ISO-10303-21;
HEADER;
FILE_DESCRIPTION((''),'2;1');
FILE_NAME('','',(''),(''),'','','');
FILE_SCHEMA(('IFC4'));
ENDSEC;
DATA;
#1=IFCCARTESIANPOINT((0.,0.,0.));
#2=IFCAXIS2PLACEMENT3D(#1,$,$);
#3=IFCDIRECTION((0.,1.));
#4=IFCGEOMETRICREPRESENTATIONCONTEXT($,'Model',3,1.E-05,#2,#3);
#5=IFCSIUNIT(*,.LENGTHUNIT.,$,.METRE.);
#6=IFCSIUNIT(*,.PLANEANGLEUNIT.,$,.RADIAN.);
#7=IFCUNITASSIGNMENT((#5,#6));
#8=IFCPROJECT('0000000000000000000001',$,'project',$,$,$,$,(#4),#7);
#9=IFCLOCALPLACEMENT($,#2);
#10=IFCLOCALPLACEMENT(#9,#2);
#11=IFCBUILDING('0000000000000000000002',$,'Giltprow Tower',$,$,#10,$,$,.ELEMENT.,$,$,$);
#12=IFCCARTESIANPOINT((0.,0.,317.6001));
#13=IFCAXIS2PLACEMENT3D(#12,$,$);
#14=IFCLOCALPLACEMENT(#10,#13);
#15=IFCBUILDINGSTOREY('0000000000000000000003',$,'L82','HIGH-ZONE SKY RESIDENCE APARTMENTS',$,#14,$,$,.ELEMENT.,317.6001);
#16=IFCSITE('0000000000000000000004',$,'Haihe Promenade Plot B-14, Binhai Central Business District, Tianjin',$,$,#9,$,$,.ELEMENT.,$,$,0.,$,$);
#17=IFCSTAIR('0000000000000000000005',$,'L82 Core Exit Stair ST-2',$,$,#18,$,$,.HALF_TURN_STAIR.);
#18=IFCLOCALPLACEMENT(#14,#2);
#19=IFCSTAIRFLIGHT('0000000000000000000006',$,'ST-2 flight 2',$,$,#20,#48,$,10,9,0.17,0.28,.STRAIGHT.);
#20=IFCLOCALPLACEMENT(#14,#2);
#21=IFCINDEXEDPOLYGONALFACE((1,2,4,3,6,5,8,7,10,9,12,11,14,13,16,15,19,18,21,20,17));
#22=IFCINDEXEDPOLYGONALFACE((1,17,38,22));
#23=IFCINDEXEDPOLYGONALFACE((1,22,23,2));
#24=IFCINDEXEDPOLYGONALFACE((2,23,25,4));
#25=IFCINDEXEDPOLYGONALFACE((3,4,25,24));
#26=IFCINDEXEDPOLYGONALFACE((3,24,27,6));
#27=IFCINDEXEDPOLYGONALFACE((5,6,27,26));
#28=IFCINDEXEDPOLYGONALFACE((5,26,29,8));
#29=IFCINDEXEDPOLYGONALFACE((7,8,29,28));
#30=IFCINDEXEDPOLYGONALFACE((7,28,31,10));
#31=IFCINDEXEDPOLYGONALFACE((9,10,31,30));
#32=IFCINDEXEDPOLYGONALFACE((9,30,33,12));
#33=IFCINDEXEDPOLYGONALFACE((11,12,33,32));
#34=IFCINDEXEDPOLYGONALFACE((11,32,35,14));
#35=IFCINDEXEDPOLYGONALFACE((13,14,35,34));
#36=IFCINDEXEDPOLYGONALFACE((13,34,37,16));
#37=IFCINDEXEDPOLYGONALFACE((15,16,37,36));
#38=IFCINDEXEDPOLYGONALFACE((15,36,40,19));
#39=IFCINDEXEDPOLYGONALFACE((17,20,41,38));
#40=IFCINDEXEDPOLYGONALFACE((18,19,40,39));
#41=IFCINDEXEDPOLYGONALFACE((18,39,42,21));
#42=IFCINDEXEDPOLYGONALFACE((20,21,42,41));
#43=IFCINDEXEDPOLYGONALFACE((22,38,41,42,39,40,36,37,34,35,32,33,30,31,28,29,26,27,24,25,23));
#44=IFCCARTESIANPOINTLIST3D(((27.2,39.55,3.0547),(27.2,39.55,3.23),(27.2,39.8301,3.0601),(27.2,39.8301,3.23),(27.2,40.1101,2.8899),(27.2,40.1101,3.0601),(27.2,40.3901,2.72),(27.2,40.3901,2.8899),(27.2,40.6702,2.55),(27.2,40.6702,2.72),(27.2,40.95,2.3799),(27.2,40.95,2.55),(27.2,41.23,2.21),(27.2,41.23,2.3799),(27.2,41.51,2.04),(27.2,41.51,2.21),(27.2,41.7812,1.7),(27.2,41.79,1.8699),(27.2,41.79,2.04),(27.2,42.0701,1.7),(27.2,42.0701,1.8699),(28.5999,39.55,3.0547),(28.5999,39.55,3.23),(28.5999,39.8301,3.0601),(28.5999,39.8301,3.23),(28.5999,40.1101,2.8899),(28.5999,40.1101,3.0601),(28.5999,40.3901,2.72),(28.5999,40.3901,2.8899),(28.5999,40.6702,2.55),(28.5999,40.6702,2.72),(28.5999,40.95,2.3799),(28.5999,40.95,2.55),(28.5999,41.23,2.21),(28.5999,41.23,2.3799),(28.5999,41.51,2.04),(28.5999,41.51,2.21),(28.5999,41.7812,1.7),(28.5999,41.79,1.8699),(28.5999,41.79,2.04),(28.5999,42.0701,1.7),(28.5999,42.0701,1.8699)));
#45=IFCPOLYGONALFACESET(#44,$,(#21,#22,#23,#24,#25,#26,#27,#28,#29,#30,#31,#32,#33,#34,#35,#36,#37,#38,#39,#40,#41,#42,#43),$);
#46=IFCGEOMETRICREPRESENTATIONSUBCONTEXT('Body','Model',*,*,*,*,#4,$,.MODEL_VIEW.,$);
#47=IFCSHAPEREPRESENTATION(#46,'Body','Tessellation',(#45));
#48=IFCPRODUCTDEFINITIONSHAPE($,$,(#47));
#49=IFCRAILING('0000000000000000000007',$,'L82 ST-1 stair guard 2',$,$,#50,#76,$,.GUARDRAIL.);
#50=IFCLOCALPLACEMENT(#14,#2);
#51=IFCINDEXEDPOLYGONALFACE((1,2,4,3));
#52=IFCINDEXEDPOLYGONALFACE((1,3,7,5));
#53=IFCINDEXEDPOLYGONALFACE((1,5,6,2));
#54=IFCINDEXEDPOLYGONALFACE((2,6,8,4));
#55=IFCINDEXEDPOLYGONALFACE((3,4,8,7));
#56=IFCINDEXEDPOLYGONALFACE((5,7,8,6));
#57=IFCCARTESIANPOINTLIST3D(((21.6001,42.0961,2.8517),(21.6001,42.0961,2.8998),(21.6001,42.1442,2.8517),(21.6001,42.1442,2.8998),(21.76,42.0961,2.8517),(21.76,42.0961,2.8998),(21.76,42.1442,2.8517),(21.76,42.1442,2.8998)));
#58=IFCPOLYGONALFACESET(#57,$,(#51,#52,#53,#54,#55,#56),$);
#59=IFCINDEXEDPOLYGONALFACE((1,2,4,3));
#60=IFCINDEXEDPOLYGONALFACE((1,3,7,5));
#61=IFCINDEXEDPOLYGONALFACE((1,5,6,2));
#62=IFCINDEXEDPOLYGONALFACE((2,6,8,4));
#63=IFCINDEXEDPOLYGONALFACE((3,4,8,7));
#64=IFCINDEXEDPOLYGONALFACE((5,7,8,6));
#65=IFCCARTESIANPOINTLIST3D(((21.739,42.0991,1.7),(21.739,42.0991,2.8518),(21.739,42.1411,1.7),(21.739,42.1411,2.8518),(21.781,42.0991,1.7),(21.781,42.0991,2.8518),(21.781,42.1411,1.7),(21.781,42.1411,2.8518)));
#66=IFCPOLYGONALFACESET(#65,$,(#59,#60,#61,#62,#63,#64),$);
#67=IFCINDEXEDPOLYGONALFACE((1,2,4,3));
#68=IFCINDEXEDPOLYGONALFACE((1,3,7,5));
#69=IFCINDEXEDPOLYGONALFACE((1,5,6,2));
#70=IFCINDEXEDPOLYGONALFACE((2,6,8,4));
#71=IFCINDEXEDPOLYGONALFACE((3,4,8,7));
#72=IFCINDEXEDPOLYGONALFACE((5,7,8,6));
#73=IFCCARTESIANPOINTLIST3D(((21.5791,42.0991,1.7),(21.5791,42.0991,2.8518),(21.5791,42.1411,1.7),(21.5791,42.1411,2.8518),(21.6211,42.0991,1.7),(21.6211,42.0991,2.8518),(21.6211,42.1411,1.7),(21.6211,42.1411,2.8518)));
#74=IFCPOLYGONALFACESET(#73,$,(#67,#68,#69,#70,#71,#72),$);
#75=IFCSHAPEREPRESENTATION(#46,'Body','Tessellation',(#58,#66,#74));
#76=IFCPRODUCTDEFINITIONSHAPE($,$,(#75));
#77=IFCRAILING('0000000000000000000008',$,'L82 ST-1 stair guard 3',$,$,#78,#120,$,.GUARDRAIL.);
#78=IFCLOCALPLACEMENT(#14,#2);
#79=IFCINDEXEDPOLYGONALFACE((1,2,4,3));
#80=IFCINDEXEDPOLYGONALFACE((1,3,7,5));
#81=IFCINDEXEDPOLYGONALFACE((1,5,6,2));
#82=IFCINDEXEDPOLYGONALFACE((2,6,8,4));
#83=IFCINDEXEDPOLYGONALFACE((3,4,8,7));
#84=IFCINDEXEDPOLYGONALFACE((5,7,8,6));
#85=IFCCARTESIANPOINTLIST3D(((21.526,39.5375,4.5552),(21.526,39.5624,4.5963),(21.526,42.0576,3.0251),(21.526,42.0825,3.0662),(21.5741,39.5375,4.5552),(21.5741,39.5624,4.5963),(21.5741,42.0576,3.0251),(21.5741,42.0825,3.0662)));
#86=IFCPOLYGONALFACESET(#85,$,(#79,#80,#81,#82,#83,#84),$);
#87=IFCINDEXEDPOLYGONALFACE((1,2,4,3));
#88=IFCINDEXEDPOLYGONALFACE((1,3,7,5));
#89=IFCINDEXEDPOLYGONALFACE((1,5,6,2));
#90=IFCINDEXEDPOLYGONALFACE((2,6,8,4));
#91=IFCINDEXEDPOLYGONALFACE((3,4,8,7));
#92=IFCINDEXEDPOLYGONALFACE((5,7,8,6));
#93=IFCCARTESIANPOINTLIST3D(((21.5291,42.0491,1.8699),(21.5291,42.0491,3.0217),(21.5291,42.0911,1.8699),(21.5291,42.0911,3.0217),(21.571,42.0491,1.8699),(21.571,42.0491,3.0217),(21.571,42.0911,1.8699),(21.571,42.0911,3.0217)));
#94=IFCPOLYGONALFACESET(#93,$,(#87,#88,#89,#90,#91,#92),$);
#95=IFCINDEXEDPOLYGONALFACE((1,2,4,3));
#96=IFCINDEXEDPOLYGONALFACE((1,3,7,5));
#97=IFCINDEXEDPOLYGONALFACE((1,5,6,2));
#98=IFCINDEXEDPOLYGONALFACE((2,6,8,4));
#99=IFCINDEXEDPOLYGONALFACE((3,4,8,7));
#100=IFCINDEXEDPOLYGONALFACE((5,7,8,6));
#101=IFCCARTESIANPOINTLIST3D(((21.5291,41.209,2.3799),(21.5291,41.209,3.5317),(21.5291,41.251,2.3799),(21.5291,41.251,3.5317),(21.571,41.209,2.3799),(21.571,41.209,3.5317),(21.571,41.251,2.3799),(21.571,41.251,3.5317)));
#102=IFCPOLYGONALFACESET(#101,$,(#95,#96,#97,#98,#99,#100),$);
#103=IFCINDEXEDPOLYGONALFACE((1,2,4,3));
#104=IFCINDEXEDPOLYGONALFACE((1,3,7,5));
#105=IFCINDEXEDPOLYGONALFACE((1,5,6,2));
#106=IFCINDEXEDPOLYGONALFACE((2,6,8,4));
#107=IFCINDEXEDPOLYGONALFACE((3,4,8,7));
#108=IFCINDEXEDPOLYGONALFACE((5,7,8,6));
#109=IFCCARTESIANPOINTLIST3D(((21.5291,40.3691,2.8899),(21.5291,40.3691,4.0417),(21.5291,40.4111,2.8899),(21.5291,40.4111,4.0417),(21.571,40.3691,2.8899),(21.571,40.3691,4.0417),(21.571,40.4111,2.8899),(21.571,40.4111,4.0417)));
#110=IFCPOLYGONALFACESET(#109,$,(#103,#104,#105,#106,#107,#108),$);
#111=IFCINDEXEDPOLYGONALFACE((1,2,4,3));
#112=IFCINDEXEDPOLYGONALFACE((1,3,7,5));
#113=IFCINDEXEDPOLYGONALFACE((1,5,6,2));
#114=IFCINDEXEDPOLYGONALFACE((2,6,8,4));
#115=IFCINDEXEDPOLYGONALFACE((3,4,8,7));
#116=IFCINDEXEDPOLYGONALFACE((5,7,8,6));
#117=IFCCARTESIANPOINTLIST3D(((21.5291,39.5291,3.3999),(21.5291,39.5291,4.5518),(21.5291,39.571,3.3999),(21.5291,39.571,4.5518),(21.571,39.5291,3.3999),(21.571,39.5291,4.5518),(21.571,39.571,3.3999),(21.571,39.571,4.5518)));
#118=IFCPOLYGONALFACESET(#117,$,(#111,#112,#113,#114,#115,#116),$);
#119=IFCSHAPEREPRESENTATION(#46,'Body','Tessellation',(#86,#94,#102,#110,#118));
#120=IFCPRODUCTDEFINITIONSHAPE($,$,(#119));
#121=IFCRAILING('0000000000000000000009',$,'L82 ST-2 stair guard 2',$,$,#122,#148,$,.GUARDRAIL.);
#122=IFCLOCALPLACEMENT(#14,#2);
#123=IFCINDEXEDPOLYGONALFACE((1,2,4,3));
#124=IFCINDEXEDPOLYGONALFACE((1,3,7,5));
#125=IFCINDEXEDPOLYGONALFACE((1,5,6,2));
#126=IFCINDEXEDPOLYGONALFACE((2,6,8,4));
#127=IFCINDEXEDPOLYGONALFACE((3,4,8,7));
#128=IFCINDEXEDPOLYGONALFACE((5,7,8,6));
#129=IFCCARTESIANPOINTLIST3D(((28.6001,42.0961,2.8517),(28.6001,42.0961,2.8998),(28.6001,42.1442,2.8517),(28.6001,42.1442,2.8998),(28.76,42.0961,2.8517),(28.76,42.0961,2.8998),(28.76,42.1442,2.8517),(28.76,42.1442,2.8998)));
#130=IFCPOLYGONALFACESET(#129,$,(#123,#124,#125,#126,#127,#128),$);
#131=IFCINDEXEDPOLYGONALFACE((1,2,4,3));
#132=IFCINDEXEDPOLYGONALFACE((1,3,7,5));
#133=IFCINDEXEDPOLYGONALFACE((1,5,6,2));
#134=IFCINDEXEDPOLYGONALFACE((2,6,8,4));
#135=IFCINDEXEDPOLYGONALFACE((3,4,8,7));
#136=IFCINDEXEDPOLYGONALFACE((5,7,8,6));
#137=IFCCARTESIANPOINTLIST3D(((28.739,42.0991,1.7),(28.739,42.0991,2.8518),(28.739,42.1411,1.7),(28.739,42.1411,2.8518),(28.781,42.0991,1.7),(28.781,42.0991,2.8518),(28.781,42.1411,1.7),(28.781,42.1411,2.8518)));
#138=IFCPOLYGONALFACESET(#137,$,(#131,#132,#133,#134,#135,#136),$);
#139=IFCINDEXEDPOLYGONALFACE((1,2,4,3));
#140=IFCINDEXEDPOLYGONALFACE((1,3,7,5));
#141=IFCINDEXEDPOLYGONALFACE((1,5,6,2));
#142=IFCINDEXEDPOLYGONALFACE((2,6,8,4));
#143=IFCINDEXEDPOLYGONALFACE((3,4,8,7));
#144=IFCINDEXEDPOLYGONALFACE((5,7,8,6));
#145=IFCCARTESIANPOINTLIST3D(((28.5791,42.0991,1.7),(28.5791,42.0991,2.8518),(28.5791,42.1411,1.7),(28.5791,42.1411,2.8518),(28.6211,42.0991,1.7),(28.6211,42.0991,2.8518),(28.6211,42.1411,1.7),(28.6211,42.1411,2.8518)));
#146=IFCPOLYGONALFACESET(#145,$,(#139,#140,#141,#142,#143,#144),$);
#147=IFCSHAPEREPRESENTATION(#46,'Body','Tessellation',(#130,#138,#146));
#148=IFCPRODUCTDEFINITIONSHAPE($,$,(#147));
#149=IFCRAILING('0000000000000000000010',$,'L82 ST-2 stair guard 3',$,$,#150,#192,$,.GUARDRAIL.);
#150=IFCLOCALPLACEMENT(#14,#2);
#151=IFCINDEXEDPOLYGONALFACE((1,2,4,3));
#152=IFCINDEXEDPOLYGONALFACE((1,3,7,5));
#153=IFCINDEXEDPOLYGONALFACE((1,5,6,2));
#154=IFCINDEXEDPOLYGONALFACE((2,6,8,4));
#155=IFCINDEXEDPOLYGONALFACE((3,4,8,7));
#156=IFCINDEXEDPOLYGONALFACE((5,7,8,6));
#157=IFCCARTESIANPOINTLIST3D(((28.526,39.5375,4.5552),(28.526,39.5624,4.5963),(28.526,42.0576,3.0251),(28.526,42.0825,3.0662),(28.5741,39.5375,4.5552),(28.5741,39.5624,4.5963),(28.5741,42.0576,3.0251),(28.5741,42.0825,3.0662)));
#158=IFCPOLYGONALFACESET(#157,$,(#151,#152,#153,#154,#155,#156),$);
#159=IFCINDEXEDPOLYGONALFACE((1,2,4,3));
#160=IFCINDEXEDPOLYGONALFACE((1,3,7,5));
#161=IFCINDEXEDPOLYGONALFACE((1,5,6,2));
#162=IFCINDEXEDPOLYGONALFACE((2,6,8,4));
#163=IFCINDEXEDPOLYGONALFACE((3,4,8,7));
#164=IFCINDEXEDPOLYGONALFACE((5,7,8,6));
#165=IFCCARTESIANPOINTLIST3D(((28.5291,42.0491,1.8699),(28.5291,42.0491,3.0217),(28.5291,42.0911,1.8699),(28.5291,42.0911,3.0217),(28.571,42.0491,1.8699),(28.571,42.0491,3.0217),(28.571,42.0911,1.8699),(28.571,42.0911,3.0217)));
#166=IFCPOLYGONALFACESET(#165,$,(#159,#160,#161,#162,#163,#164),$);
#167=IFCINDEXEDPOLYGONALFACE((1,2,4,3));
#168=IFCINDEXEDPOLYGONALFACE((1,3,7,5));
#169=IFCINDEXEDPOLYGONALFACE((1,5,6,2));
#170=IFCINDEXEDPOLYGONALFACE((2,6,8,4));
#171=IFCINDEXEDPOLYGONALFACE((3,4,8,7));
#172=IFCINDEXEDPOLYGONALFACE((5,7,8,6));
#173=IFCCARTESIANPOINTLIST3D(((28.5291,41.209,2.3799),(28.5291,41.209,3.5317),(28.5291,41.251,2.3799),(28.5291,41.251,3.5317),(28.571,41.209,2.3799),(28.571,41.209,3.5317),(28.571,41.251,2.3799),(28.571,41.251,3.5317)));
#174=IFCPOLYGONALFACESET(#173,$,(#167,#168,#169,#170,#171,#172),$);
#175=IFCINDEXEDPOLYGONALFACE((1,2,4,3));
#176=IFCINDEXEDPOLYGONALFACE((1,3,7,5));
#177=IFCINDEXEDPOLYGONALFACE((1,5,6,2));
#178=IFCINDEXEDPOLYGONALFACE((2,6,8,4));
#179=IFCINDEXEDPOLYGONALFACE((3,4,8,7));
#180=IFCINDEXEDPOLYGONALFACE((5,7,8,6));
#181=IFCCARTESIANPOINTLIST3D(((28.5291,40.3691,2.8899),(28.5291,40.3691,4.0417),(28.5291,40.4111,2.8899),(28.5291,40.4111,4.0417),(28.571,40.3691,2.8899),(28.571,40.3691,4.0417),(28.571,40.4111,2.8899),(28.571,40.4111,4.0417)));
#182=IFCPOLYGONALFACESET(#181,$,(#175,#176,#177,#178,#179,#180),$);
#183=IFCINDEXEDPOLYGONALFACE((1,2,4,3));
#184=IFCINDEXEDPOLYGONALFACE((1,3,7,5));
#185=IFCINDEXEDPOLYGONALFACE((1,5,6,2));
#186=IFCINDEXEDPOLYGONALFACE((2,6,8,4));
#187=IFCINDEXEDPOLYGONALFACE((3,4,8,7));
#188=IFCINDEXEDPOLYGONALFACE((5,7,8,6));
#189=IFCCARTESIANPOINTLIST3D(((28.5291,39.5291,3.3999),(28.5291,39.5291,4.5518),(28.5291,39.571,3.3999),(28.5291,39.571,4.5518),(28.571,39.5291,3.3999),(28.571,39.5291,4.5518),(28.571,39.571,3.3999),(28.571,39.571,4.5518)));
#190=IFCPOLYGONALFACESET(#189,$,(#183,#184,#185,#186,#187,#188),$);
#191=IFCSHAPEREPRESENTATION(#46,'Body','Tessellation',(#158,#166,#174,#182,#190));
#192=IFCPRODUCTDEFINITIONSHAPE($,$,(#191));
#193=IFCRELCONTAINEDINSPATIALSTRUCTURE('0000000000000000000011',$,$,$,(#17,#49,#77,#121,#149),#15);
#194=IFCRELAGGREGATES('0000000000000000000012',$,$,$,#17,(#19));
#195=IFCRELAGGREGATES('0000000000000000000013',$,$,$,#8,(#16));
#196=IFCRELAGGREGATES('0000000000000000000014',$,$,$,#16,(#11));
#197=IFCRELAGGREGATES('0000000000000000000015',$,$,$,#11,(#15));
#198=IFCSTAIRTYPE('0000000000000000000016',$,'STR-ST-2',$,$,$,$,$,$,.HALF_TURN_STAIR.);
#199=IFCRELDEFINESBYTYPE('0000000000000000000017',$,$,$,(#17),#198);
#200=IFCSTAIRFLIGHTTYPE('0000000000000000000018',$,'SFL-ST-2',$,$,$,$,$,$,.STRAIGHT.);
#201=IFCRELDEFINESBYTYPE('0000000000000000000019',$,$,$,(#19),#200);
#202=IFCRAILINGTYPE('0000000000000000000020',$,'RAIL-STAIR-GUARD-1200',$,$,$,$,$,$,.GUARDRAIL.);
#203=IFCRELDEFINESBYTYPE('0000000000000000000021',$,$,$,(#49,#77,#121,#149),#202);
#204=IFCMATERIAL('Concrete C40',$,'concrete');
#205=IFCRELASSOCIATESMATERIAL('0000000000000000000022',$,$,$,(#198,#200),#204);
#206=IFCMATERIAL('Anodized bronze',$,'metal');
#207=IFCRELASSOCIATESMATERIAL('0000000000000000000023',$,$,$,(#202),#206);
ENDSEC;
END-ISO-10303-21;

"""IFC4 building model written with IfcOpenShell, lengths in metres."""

from ifc_helpers import new_model, si_unit, direction, frame, origin, origin_2d, place, context, subcontext, project, spatial, polyline, rectangle, outline, extrude, material, type_object, element, aggregate, save


model = new_model("IFC4")

# Units and contexts
model_context = context("Model", 3, precision=1e-05, world=origin(), true_north=direction((0.0, 1.0)))
body_context = subcontext(model_context, "Body", "Model", "MODEL_VIEW")
ifc_project = project(units=[si_unit("LENGTHUNIT", "METRE"), si_unit("PLANEANGLEUNIT", "RADIAN")], contexts=[model_context])

# Site, building, storey
site_placement = place(None, origin())
site = spatial("IfcSite", under=ifc_project, at=site_placement, Name="Haihe Promenade Plot B-14, Binhai Central Business District, Tianjin", CompositionType="ELEMENT", RefElevation=0.0)
building_placement = place(site_placement, origin())
building = spatial("IfcBuilding", under=site, at=building_placement, Name="Giltprow Tower", CompositionType="ELEMENT")
storey_placement = place(building_placement, frame((0.0, 0.0, 317.6001)))
storey = spatial("IfcBuildingStorey", under=building, at=storey_placement, Name="L82", Description="HIGH-ZONE SKY RESIDENCE APARTMENTS", CompositionType="ELEMENT", Elevation=317.6001)

# Shared definitions
ifc_material_1 = material(Name="Concrete C40", Category="concrete")

# Stair, stair flight
stair_type = type_object("IfcStairType", Name="STR-ST-2", PredefinedType="HALF_TURN_STAIR", material=ifc_material_1)
stair_placement = place(storey_placement, origin())
stair = element("IfcStair", 1, at=stair_placement, inside=storey, type_object=stair_type, Name="L82 Core Exit Stair ST-2", PredefinedType="HALF_TURN_STAIR")
stair_flight_type = type_object("IfcStairFlightType", Name="SFL-ST-2", PredefinedType="STRAIGHT", material=ifc_material_1)
stair_flight_placement = place(storey_placement, frame((27.8999, 42.0701, 1.7), z_axis=(0.0, 0.0, 1.0), x_axis=(0.0, -1.0, 0.0)))
stair_flight = element("IfcStairFlight", 2, at=stair_flight_placement, type_object=stair_flight_type, Name="ST-2 flight 2", NumberOfRisers=10, NumberOfTreads=9, PredefinedType="STRAIGHT", RiserHeight=0.17, TreadLength=0.28, context=body_context, shape_type="SweptSolid", body=[
    extrude(outline(polyline([(0.0, 0.0), (0.0, 0.1699), (0.28, 0.1699), (0.28, 0.3401), (0.5601, 0.3401), (0.5601, 0.51), (0.8401, 0.51), (0.8401, 0.6799), (1.1201, 0.6799), (1.1201, 0.8501), (1.3999, 0.8501), (1.3999, 1.02), (1.6799, 1.02), (1.6799, 1.1899), (1.96, 1.1899), (1.96, 1.3601), (2.24, 1.3601), (2.24, 1.53), (2.52, 1.53), (2.52, 1.7), (2.52, 1.3547), (0.2888, 0.0), (0.0, 0.0)])), frame((0.0, 0.7, 0.0), z_axis=(0.0, -1.0, 0.0), x_axis=(1.0, 0.0, 0.0)), (0.0, 0.0, 1.0), 1.3999),
])
aggregate(stair, [stair_flight])

# Railings
ifc_material_2 = material(Name="Anodized bronze", Category="metal")
railing_type_1 = type_object("IfcRailingType", Name="RAIL-STAIR-GUARD-1200", PredefinedType="GUARDRAIL", material=ifc_material_2)
railing_1_placement = place(storey_placement, frame((21.76, 42.1201, 1.7)))
element("IfcRailing", 3, at=railing_1_placement, inside=storey, type_object=railing_type_1, Name="L82 ST-1 stair guard 2", PredefinedType="GUARDRAIL", context=body_context, shape_type="SweptSolid", body=[
    extrude(rectangle(XDim=0.0481, YDim=0.0481, at=origin_2d()), frame((0.0, 0.0, 1.1758), z_axis=(-1.0, 0.0, 0.0), x_axis=(0.0, -1.0, 0.0)), (0.0, 0.0, 1.0), 0.1599),
    extrude(rectangle(XDim=0.042, YDim=0.042, at=origin_2d()), origin(), (0.0, 0.0, 1.0), 1.1519),
    extrude(rectangle(XDim=0.042, YDim=0.042, at=origin_2d()), frame((-0.1599, 0.0, 0.0)), (0.0, 0.0, 1.0), 1.1519),
])
railing_2_placement = place(storey_placement, frame((21.55, 42.0701, 1.8699)))
element("IfcRailing", 4, at=railing_2_placement, inside=storey, type_object=railing_type_1, Name="L82 ST-1 stair guard 3", PredefinedType="GUARDRAIL", context=body_context, shape_type="SweptSolid", body=[
    extrude(rectangle(XDim=0.0481, YDim=0.0481, at=origin_2d()), frame((0.0, 0.0, 1.1758), z_axis=(0.0, -0.854785, 0.518982), x_axis=(1.0, 0.0, 0.0)), (0.0, 0.0, 1.0), 2.9482),
    extrude(rectangle(XDim=0.042, YDim=0.042, at=origin_2d()), origin(), (0.0, 0.0, 1.0), 1.1519),
    extrude(rectangle(XDim=0.042, YDim=0.042, at=origin_2d()), frame((0.0, -0.8401, 0.51)), (0.0, 0.0, 1.0), 1.1519),
    extrude(rectangle(XDim=0.042, YDim=0.042, at=origin_2d()), frame((0.0, -1.6799, 1.02)), (0.0, 0.0, 1.0), 1.1519),
    extrude(rectangle(XDim=0.042, YDim=0.042, at=origin_2d()), frame((0.0, -2.52, 1.53)), (0.0, 0.0, 1.0), 1.1519),
])
railing_3_placement = place(storey_placement, frame((28.76, 42.1201, 1.7)))
element("IfcRailing", 5, at=railing_3_placement, inside=storey, type_object=railing_type_1, Name="L82 ST-2 stair guard 2", PredefinedType="GUARDRAIL", context=body_context, shape_type="SweptSolid", body=[
    extrude(rectangle(XDim=0.0481, YDim=0.0481, at=origin_2d()), frame((0.0, 0.0, 1.1758), z_axis=(-1.0, 0.0, 0.0), x_axis=(0.0, -1.0, 0.0)), (0.0, 0.0, 1.0), 0.1599),
    extrude(rectangle(XDim=0.042, YDim=0.042, at=origin_2d()), origin(), (0.0, 0.0, 1.0), 1.1519),
    extrude(rectangle(XDim=0.042, YDim=0.042, at=origin_2d()), frame((-0.1599, 0.0, 0.0)), (0.0, 0.0, 1.0), 1.1519),
])
railing_4_placement = place(storey_placement, frame((28.55, 42.0701, 1.8699)))
element("IfcRailing", 6, at=railing_4_placement, inside=storey, type_object=railing_type_1, Name="L82 ST-2 stair guard 3", PredefinedType="GUARDRAIL", context=body_context, shape_type="SweptSolid", body=[
    extrude(rectangle(XDim=0.0481, YDim=0.0481, at=origin_2d()), frame((0.0, 0.0, 1.1758), z_axis=(0.0, -0.854785, 0.518982), x_axis=(1.0, 0.0, 0.0)), (0.0, 0.0, 1.0), 2.9482),
    extrude(rectangle(XDim=0.042, YDim=0.042, at=origin_2d()), origin(), (0.0, 0.0, 1.0), 1.1519),
    extrude(rectangle(XDim=0.042, YDim=0.042, at=origin_2d()), frame((0.0, -0.8401, 0.51)), (0.0, 0.0, 1.0), 1.1519),
    extrude(rectangle(XDim=0.042, YDim=0.042, at=origin_2d()), frame((0.0, -1.6799, 1.02)), (0.0, 0.0, 1.0), 1.1519),
    extrude(rectangle(XDim=0.042, YDim=0.042, at=origin_2d()), frame((0.0, -2.52, 1.53)), (0.0, 0.0, 1.0), 1.1519),
])

save(model, "model.ifc")
